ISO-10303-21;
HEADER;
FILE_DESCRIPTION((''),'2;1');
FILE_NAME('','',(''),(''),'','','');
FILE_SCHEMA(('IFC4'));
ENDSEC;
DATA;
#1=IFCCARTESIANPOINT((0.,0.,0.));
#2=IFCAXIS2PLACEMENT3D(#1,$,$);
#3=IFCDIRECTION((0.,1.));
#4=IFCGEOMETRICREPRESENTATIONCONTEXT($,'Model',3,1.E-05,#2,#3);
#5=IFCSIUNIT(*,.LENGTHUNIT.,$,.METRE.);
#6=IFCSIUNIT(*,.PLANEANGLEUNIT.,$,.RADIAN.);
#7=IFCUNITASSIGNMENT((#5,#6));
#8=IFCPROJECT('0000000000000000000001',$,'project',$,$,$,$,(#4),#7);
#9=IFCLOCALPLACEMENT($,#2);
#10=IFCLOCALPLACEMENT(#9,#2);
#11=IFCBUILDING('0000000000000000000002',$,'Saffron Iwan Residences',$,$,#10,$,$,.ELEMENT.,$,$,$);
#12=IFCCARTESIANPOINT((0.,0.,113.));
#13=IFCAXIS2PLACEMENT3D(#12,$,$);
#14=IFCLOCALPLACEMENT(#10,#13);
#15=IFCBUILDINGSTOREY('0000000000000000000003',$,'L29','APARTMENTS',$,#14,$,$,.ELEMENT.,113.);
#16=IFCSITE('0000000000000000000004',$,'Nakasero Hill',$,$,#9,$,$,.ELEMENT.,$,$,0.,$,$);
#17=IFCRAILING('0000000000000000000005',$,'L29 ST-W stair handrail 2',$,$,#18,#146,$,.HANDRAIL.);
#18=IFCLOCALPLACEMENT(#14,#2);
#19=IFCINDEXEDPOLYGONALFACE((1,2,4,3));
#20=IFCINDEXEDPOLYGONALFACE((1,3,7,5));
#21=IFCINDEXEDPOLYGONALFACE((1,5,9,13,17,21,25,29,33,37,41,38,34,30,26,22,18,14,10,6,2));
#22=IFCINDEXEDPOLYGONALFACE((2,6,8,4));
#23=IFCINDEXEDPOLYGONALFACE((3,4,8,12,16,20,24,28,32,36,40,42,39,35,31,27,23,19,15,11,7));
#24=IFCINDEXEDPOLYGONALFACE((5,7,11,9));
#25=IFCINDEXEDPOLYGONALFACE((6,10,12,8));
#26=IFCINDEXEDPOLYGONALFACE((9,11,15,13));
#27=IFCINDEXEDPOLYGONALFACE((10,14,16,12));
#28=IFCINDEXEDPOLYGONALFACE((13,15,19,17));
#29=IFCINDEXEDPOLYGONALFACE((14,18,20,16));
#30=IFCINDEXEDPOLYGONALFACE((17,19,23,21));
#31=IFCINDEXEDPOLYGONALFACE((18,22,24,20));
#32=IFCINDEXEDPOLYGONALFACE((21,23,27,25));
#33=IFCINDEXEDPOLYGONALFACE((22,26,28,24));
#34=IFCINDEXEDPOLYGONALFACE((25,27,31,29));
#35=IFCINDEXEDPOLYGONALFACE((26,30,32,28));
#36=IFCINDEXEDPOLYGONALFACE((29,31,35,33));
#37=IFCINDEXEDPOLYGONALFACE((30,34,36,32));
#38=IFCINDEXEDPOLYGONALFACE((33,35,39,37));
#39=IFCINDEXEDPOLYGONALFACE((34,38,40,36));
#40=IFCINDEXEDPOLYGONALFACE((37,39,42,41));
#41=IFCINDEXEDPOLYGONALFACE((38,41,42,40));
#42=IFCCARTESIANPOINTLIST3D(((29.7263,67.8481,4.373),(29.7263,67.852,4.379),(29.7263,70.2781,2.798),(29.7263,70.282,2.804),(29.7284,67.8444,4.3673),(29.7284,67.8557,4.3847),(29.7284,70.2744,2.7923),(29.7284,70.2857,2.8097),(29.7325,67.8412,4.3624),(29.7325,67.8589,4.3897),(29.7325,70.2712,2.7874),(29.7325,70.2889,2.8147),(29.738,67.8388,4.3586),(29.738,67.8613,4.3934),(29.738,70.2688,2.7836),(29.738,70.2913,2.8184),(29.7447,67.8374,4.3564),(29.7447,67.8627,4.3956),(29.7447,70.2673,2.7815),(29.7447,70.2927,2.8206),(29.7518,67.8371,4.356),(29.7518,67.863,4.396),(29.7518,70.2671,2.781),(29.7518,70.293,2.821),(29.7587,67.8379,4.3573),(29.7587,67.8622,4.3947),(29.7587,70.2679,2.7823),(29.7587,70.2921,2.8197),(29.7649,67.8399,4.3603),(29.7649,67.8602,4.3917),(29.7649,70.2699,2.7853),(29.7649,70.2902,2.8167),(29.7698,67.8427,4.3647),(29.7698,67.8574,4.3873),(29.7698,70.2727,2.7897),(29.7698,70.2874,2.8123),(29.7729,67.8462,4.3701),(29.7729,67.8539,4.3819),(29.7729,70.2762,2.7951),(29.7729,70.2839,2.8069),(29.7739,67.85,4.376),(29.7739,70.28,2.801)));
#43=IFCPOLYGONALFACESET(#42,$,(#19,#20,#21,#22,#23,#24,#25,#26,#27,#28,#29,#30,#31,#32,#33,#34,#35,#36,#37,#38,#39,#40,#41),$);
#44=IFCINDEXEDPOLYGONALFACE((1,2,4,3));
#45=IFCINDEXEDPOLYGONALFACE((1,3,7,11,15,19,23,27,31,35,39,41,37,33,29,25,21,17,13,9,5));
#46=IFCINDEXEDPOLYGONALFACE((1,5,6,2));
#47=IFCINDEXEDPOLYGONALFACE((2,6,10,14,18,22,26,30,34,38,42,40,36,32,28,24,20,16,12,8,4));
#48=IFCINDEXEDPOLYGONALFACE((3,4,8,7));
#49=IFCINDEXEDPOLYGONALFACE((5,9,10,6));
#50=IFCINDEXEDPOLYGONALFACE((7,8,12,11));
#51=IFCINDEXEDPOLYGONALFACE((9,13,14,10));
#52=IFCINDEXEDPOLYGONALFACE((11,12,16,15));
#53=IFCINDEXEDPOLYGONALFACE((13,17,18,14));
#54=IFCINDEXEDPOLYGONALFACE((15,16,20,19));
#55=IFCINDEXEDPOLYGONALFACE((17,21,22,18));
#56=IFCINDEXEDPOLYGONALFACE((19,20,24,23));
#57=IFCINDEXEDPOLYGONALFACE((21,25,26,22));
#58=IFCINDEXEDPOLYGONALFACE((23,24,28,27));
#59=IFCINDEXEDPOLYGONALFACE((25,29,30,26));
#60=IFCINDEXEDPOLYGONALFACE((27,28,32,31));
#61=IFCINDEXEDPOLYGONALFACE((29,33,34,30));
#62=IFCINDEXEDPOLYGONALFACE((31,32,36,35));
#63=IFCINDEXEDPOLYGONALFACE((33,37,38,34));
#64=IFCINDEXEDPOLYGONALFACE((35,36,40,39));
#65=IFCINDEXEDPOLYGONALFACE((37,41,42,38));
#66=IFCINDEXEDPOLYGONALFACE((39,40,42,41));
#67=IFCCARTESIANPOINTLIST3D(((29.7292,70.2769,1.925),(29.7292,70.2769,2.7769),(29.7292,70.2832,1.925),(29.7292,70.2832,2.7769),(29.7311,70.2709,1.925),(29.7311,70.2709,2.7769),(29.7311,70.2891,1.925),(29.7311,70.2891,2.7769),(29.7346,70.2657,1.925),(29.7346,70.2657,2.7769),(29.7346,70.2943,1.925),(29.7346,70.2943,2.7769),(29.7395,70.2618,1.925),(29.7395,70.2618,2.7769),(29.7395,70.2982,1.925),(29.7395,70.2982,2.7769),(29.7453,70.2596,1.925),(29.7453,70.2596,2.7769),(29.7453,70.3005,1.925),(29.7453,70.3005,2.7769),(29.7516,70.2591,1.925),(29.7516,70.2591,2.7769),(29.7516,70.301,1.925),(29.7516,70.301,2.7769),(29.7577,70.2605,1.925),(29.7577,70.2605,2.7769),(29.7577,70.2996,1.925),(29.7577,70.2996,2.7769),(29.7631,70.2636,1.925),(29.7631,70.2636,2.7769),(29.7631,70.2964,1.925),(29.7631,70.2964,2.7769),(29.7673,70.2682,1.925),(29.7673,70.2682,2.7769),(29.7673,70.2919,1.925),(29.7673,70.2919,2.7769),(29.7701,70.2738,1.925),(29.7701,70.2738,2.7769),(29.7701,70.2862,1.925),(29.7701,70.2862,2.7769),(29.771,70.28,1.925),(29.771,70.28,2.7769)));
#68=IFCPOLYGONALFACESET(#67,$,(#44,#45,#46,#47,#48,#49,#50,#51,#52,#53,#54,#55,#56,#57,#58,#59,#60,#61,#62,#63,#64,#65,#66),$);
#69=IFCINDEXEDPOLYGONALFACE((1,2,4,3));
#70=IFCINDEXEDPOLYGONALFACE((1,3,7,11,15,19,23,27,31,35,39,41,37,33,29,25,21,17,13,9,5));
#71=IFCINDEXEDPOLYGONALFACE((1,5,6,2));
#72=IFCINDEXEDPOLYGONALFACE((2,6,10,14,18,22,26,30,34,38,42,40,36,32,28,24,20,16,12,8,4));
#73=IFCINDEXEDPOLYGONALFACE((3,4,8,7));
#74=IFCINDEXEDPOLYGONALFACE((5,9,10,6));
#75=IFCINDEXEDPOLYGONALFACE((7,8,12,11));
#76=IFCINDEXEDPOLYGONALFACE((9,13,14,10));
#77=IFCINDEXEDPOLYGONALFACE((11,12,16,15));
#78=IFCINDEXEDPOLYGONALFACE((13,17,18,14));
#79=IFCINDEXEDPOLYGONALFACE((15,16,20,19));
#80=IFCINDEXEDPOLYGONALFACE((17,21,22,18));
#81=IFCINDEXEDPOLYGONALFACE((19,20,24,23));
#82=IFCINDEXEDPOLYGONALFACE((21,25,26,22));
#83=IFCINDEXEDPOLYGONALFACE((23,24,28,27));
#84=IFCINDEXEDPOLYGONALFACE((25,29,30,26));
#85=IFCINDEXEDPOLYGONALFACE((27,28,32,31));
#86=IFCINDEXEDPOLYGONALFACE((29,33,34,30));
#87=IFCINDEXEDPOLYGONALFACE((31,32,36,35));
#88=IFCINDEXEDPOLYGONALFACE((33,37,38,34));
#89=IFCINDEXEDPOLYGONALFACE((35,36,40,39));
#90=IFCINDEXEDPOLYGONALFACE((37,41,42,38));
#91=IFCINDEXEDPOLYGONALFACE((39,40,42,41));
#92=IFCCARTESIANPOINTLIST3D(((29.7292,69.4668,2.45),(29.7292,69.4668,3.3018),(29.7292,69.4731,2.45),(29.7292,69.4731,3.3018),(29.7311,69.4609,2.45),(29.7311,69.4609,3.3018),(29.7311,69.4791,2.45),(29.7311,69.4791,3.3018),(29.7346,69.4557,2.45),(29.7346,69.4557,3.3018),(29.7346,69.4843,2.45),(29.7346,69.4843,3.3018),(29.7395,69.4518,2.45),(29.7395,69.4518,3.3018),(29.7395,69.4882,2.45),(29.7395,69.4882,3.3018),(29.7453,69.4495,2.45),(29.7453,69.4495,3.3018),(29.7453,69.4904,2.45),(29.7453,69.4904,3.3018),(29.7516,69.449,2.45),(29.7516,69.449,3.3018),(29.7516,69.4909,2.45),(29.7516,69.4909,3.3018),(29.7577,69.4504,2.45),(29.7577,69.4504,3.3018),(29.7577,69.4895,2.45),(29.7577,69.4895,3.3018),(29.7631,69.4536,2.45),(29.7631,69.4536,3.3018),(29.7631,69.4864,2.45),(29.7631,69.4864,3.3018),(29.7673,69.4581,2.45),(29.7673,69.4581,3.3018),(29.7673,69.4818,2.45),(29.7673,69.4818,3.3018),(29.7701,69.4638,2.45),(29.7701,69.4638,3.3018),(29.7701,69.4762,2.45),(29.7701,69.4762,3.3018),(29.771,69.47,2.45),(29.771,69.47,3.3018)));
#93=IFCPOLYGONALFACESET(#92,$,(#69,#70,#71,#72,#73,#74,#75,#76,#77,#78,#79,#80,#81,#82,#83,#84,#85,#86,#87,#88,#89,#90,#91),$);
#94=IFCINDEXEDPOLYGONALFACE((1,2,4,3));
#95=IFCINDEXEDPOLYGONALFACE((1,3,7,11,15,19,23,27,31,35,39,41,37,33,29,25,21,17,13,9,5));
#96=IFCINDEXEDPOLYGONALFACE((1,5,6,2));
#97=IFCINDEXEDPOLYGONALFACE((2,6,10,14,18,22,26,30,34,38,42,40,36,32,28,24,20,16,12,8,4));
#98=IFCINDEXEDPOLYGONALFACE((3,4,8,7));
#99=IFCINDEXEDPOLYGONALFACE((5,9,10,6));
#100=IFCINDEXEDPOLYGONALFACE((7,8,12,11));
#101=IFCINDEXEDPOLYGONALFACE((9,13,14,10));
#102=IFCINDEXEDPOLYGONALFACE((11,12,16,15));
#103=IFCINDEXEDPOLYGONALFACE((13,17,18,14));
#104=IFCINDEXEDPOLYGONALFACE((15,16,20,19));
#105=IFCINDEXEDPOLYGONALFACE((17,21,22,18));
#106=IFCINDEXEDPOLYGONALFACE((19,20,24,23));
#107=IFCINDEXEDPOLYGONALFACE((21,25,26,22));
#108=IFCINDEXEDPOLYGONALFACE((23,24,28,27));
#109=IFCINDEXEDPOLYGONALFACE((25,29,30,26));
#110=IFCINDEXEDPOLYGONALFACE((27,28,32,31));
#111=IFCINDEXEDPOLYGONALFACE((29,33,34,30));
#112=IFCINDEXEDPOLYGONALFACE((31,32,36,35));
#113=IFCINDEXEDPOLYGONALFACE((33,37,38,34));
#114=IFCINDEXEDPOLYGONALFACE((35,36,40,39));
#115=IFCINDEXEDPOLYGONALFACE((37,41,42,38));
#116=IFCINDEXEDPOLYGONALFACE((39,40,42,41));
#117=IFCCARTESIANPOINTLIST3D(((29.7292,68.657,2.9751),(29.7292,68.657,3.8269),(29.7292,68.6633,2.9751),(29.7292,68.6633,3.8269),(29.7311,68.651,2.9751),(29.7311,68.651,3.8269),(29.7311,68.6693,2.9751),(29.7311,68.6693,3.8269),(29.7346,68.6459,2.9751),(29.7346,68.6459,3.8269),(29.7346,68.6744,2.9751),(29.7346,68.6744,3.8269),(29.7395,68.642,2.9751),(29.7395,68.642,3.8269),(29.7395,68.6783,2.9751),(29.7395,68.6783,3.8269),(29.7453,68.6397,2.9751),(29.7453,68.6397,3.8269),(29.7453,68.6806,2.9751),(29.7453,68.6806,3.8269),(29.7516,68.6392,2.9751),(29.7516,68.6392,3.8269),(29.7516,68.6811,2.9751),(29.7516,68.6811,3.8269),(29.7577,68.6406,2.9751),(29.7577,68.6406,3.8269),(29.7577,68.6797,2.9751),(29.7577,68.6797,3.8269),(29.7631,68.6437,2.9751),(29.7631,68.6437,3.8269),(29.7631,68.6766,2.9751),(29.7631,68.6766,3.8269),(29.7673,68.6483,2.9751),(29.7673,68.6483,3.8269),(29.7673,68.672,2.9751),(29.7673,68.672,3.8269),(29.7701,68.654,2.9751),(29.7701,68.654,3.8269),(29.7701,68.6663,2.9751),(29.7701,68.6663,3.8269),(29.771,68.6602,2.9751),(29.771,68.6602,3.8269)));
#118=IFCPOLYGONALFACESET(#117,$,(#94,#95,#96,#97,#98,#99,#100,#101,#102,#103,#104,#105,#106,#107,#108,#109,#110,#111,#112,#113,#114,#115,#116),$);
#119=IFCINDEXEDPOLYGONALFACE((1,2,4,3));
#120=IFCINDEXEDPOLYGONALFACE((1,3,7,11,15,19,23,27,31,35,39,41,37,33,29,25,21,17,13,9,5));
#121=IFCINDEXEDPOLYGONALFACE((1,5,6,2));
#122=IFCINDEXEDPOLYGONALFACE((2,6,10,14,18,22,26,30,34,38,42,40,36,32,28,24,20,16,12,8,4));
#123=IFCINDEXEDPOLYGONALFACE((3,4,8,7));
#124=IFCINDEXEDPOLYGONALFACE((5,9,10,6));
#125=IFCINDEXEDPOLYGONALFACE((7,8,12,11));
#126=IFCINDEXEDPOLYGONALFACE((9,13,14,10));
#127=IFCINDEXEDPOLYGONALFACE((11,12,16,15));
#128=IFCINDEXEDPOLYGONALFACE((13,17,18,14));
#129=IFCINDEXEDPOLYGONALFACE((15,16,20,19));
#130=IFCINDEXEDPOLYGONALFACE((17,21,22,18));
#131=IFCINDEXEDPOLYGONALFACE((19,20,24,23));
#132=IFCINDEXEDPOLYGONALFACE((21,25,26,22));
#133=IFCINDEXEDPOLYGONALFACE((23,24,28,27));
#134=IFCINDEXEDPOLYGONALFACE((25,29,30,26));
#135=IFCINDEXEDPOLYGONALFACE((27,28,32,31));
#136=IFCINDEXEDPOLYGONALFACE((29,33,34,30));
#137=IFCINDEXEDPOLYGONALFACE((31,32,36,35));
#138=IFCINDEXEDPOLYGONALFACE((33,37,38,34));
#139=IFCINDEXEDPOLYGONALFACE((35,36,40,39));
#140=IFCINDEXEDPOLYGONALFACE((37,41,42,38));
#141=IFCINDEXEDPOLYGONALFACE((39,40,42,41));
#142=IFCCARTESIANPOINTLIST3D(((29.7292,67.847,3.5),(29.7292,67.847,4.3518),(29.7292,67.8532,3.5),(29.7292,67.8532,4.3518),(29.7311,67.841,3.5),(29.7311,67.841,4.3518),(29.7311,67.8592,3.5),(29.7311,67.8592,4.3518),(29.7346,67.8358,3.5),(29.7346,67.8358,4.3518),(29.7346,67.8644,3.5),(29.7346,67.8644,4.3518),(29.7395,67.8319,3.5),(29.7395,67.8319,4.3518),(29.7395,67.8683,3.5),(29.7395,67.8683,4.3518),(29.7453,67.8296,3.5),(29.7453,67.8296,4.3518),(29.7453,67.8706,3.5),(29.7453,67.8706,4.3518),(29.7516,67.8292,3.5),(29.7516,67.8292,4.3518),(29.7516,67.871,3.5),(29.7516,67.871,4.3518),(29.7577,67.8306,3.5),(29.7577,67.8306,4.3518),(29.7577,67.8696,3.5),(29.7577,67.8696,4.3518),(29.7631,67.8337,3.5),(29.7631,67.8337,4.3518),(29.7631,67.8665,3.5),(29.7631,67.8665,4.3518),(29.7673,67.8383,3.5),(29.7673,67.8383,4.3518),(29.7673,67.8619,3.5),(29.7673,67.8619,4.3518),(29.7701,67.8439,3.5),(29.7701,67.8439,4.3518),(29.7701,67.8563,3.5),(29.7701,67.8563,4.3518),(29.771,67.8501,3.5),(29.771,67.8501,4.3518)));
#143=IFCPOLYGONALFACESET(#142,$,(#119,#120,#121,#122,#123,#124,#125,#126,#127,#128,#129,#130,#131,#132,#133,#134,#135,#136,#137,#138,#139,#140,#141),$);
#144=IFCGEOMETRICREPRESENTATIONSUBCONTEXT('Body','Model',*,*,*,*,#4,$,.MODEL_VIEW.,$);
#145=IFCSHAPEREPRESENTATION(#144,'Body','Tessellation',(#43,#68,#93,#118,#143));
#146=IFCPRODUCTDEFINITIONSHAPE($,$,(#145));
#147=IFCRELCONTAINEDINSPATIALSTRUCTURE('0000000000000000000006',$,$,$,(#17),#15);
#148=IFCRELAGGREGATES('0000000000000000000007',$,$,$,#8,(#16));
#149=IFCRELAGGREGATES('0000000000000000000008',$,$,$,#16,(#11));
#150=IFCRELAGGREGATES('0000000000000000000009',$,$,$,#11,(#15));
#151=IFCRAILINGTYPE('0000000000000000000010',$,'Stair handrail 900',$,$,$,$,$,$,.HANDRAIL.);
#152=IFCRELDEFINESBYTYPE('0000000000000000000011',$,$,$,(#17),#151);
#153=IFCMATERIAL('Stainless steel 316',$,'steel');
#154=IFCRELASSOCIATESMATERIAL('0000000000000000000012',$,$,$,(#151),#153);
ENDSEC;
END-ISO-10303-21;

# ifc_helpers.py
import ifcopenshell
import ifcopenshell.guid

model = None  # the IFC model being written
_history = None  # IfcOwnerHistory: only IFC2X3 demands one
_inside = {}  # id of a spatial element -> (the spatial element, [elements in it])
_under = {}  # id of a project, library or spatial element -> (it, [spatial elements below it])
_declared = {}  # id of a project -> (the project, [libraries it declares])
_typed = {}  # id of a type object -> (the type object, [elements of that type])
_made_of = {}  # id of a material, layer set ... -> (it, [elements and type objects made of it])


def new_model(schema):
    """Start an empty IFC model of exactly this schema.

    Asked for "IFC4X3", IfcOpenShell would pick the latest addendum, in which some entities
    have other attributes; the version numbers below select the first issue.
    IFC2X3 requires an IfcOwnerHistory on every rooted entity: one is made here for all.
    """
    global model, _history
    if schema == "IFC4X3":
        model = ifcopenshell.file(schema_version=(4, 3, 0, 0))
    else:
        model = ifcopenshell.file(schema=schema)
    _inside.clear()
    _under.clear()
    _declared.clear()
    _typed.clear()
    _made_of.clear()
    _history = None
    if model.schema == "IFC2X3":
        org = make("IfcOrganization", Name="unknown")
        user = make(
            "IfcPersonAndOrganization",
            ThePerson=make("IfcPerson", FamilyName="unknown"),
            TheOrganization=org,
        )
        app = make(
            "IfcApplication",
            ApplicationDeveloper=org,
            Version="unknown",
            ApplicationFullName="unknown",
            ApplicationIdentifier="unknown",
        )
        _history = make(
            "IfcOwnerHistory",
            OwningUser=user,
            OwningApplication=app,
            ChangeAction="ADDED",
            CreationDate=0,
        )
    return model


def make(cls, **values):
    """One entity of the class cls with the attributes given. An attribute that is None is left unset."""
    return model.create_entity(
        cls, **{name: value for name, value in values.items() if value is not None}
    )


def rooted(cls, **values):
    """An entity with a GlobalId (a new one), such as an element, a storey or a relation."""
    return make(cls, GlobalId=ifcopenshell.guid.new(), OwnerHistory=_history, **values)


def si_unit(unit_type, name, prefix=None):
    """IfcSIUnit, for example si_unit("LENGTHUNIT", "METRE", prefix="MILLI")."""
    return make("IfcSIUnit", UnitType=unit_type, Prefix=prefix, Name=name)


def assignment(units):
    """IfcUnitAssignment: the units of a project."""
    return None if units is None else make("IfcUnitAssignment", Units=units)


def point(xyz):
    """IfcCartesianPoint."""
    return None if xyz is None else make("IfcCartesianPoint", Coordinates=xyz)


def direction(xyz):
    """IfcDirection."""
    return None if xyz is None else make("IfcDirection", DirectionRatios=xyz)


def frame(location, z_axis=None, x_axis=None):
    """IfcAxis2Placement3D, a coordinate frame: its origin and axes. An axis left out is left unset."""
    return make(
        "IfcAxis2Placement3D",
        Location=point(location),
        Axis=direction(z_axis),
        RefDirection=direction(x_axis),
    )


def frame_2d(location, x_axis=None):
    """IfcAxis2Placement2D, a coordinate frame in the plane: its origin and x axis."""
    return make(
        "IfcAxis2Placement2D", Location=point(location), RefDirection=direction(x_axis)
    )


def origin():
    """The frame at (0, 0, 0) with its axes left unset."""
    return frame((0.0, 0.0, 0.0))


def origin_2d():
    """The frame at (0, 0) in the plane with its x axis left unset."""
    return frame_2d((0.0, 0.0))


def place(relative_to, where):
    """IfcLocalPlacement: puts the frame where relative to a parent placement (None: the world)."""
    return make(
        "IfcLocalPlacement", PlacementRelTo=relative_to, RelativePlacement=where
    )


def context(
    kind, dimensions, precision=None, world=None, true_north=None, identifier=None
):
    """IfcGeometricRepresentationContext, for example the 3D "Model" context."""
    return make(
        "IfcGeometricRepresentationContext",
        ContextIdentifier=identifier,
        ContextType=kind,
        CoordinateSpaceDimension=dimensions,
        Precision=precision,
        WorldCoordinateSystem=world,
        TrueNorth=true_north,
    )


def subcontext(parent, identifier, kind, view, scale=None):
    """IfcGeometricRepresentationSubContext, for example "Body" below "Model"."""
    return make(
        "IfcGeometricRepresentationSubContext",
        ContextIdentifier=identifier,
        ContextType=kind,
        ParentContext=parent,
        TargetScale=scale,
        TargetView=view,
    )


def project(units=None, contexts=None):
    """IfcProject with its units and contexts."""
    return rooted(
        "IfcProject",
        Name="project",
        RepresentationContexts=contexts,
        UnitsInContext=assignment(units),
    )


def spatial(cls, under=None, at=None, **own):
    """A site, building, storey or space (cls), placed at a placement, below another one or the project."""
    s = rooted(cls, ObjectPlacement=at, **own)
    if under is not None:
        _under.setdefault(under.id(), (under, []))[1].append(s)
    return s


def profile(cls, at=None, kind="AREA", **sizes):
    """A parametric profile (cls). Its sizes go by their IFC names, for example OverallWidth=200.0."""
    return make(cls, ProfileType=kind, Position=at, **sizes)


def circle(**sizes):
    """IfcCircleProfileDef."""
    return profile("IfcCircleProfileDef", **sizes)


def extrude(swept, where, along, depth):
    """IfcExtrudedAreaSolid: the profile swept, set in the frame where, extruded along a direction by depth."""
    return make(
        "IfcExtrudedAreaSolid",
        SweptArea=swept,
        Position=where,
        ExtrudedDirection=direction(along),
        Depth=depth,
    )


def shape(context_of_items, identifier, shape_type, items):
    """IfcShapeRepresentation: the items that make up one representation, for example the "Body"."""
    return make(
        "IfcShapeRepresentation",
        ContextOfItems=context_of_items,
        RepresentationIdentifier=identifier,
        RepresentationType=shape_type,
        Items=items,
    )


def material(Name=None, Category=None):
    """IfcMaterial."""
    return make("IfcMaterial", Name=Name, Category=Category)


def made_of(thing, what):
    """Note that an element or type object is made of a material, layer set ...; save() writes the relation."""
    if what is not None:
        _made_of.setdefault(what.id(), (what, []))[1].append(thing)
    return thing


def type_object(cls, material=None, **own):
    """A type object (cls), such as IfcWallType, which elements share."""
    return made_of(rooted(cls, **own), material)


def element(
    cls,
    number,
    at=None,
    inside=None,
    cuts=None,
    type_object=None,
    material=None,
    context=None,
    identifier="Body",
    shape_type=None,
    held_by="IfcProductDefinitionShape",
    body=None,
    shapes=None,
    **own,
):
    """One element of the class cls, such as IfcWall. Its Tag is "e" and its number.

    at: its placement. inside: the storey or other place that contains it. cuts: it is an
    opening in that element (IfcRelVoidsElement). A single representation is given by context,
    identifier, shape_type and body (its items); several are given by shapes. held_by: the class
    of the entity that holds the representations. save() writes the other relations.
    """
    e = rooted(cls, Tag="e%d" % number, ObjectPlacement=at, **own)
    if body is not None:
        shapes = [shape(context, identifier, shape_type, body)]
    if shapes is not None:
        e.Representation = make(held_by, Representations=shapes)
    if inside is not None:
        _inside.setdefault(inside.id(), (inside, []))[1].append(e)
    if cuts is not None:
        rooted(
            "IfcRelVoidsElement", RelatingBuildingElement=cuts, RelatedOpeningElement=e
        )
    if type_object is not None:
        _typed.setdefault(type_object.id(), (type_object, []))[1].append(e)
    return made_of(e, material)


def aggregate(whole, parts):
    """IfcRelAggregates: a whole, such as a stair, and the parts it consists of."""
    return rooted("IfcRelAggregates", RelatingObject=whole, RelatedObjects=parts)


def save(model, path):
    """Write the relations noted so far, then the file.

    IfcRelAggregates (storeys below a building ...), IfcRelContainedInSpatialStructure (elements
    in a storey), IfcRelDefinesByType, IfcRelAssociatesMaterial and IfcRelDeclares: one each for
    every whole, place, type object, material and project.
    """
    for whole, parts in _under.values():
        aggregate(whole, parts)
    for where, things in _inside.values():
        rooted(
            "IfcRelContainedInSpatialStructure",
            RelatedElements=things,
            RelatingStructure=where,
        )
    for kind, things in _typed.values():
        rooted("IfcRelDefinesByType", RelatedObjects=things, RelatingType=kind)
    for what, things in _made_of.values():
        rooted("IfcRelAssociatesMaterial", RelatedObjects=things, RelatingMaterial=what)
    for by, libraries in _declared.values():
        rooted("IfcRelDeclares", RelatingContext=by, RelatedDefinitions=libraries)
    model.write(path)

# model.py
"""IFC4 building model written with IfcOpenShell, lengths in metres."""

from ifc_helpers import new_model, si_unit, direction, frame, origin, origin_2d, place, context, subcontext, project, spatial, circle, extrude, material, type_object, element, save


model = new_model("IFC4")

# Units and contexts
model_context = context("Model", 3, precision=1e-05, world=origin(), true_north=direction((0.0, 1.0)))
body_context = subcontext(model_context, "Body", "Model", "MODEL_VIEW")
ifc_project = project(units=[si_unit("LENGTHUNIT", "METRE"), si_unit("PLANEANGLEUNIT", "RADIAN")], contexts=[model_context])

# Site, building, storey
site_placement = place(None, origin())
site = spatial("IfcSite", under=ifc_project, at=site_placement, Name="Nakasero Hill", CompositionType="ELEMENT", RefElevation=0.0)
building_placement = place(site_placement, origin())
building = spatial("IfcBuilding", under=site, at=building_placement, Name="Saffron Iwan Residences", CompositionType="ELEMENT")
storey_placement = place(building_placement, frame((0.0, 0.0, 113.0)))
storey = spatial("IfcBuildingStorey", under=building, at=storey_placement, Name="L29", Description="APARTMENTS", CompositionType="ELEMENT", Elevation=113.0)

# Railing
ifc_material_1 = material(Name="Stainless steel 316", Category="steel")
railing_type_1 = type_object("IfcRailingType", Name="Stair handrail 900", PredefinedType="HANDRAIL", material=ifc_material_1)
railing_1_placement = place(storey_placement, frame((29.75, 70.28, 1.925)))
element("IfcRailing", 1, at=railing_1_placement, inside=storey, type_object=railing_type_1, Name="L29 ST-W stair handrail 2", PredefinedType="HANDRAIL", context=body_context, shape_type="SweptSolid", body=[
    extrude(circle(Radius=0.0239, at=origin_2d()), frame((0.0, 0.0, 0.876), z_axis=(0.0, -0.839154, 0.543894), x_axis=(1.0, 0.0, 0.0)), (0.0, 0.0, 1.0), 2.8958),
    extrude(circle(Radius=0.021, at=origin_2d()), origin(), (0.0, 0.0, 1.0), 0.8518),
    extrude(circle(Radius=0.021, at=origin_2d()), frame((0.0, -0.8101, 0.5249)), (0.0, 0.0, 1.0), 0.8518),
    extrude(circle(Radius=0.021, at=origin_2d()), frame((0.0, -1.6199, 1.05)), (0.0, 0.0, 1.0), 0.8518),
    extrude(circle(Radius=0.021, at=origin_2d()), frame((0.0, -2.4299, 1.575)), (0.0, 0.0, 1.0), 0.8518),
])

save(model, "model.ifc")
